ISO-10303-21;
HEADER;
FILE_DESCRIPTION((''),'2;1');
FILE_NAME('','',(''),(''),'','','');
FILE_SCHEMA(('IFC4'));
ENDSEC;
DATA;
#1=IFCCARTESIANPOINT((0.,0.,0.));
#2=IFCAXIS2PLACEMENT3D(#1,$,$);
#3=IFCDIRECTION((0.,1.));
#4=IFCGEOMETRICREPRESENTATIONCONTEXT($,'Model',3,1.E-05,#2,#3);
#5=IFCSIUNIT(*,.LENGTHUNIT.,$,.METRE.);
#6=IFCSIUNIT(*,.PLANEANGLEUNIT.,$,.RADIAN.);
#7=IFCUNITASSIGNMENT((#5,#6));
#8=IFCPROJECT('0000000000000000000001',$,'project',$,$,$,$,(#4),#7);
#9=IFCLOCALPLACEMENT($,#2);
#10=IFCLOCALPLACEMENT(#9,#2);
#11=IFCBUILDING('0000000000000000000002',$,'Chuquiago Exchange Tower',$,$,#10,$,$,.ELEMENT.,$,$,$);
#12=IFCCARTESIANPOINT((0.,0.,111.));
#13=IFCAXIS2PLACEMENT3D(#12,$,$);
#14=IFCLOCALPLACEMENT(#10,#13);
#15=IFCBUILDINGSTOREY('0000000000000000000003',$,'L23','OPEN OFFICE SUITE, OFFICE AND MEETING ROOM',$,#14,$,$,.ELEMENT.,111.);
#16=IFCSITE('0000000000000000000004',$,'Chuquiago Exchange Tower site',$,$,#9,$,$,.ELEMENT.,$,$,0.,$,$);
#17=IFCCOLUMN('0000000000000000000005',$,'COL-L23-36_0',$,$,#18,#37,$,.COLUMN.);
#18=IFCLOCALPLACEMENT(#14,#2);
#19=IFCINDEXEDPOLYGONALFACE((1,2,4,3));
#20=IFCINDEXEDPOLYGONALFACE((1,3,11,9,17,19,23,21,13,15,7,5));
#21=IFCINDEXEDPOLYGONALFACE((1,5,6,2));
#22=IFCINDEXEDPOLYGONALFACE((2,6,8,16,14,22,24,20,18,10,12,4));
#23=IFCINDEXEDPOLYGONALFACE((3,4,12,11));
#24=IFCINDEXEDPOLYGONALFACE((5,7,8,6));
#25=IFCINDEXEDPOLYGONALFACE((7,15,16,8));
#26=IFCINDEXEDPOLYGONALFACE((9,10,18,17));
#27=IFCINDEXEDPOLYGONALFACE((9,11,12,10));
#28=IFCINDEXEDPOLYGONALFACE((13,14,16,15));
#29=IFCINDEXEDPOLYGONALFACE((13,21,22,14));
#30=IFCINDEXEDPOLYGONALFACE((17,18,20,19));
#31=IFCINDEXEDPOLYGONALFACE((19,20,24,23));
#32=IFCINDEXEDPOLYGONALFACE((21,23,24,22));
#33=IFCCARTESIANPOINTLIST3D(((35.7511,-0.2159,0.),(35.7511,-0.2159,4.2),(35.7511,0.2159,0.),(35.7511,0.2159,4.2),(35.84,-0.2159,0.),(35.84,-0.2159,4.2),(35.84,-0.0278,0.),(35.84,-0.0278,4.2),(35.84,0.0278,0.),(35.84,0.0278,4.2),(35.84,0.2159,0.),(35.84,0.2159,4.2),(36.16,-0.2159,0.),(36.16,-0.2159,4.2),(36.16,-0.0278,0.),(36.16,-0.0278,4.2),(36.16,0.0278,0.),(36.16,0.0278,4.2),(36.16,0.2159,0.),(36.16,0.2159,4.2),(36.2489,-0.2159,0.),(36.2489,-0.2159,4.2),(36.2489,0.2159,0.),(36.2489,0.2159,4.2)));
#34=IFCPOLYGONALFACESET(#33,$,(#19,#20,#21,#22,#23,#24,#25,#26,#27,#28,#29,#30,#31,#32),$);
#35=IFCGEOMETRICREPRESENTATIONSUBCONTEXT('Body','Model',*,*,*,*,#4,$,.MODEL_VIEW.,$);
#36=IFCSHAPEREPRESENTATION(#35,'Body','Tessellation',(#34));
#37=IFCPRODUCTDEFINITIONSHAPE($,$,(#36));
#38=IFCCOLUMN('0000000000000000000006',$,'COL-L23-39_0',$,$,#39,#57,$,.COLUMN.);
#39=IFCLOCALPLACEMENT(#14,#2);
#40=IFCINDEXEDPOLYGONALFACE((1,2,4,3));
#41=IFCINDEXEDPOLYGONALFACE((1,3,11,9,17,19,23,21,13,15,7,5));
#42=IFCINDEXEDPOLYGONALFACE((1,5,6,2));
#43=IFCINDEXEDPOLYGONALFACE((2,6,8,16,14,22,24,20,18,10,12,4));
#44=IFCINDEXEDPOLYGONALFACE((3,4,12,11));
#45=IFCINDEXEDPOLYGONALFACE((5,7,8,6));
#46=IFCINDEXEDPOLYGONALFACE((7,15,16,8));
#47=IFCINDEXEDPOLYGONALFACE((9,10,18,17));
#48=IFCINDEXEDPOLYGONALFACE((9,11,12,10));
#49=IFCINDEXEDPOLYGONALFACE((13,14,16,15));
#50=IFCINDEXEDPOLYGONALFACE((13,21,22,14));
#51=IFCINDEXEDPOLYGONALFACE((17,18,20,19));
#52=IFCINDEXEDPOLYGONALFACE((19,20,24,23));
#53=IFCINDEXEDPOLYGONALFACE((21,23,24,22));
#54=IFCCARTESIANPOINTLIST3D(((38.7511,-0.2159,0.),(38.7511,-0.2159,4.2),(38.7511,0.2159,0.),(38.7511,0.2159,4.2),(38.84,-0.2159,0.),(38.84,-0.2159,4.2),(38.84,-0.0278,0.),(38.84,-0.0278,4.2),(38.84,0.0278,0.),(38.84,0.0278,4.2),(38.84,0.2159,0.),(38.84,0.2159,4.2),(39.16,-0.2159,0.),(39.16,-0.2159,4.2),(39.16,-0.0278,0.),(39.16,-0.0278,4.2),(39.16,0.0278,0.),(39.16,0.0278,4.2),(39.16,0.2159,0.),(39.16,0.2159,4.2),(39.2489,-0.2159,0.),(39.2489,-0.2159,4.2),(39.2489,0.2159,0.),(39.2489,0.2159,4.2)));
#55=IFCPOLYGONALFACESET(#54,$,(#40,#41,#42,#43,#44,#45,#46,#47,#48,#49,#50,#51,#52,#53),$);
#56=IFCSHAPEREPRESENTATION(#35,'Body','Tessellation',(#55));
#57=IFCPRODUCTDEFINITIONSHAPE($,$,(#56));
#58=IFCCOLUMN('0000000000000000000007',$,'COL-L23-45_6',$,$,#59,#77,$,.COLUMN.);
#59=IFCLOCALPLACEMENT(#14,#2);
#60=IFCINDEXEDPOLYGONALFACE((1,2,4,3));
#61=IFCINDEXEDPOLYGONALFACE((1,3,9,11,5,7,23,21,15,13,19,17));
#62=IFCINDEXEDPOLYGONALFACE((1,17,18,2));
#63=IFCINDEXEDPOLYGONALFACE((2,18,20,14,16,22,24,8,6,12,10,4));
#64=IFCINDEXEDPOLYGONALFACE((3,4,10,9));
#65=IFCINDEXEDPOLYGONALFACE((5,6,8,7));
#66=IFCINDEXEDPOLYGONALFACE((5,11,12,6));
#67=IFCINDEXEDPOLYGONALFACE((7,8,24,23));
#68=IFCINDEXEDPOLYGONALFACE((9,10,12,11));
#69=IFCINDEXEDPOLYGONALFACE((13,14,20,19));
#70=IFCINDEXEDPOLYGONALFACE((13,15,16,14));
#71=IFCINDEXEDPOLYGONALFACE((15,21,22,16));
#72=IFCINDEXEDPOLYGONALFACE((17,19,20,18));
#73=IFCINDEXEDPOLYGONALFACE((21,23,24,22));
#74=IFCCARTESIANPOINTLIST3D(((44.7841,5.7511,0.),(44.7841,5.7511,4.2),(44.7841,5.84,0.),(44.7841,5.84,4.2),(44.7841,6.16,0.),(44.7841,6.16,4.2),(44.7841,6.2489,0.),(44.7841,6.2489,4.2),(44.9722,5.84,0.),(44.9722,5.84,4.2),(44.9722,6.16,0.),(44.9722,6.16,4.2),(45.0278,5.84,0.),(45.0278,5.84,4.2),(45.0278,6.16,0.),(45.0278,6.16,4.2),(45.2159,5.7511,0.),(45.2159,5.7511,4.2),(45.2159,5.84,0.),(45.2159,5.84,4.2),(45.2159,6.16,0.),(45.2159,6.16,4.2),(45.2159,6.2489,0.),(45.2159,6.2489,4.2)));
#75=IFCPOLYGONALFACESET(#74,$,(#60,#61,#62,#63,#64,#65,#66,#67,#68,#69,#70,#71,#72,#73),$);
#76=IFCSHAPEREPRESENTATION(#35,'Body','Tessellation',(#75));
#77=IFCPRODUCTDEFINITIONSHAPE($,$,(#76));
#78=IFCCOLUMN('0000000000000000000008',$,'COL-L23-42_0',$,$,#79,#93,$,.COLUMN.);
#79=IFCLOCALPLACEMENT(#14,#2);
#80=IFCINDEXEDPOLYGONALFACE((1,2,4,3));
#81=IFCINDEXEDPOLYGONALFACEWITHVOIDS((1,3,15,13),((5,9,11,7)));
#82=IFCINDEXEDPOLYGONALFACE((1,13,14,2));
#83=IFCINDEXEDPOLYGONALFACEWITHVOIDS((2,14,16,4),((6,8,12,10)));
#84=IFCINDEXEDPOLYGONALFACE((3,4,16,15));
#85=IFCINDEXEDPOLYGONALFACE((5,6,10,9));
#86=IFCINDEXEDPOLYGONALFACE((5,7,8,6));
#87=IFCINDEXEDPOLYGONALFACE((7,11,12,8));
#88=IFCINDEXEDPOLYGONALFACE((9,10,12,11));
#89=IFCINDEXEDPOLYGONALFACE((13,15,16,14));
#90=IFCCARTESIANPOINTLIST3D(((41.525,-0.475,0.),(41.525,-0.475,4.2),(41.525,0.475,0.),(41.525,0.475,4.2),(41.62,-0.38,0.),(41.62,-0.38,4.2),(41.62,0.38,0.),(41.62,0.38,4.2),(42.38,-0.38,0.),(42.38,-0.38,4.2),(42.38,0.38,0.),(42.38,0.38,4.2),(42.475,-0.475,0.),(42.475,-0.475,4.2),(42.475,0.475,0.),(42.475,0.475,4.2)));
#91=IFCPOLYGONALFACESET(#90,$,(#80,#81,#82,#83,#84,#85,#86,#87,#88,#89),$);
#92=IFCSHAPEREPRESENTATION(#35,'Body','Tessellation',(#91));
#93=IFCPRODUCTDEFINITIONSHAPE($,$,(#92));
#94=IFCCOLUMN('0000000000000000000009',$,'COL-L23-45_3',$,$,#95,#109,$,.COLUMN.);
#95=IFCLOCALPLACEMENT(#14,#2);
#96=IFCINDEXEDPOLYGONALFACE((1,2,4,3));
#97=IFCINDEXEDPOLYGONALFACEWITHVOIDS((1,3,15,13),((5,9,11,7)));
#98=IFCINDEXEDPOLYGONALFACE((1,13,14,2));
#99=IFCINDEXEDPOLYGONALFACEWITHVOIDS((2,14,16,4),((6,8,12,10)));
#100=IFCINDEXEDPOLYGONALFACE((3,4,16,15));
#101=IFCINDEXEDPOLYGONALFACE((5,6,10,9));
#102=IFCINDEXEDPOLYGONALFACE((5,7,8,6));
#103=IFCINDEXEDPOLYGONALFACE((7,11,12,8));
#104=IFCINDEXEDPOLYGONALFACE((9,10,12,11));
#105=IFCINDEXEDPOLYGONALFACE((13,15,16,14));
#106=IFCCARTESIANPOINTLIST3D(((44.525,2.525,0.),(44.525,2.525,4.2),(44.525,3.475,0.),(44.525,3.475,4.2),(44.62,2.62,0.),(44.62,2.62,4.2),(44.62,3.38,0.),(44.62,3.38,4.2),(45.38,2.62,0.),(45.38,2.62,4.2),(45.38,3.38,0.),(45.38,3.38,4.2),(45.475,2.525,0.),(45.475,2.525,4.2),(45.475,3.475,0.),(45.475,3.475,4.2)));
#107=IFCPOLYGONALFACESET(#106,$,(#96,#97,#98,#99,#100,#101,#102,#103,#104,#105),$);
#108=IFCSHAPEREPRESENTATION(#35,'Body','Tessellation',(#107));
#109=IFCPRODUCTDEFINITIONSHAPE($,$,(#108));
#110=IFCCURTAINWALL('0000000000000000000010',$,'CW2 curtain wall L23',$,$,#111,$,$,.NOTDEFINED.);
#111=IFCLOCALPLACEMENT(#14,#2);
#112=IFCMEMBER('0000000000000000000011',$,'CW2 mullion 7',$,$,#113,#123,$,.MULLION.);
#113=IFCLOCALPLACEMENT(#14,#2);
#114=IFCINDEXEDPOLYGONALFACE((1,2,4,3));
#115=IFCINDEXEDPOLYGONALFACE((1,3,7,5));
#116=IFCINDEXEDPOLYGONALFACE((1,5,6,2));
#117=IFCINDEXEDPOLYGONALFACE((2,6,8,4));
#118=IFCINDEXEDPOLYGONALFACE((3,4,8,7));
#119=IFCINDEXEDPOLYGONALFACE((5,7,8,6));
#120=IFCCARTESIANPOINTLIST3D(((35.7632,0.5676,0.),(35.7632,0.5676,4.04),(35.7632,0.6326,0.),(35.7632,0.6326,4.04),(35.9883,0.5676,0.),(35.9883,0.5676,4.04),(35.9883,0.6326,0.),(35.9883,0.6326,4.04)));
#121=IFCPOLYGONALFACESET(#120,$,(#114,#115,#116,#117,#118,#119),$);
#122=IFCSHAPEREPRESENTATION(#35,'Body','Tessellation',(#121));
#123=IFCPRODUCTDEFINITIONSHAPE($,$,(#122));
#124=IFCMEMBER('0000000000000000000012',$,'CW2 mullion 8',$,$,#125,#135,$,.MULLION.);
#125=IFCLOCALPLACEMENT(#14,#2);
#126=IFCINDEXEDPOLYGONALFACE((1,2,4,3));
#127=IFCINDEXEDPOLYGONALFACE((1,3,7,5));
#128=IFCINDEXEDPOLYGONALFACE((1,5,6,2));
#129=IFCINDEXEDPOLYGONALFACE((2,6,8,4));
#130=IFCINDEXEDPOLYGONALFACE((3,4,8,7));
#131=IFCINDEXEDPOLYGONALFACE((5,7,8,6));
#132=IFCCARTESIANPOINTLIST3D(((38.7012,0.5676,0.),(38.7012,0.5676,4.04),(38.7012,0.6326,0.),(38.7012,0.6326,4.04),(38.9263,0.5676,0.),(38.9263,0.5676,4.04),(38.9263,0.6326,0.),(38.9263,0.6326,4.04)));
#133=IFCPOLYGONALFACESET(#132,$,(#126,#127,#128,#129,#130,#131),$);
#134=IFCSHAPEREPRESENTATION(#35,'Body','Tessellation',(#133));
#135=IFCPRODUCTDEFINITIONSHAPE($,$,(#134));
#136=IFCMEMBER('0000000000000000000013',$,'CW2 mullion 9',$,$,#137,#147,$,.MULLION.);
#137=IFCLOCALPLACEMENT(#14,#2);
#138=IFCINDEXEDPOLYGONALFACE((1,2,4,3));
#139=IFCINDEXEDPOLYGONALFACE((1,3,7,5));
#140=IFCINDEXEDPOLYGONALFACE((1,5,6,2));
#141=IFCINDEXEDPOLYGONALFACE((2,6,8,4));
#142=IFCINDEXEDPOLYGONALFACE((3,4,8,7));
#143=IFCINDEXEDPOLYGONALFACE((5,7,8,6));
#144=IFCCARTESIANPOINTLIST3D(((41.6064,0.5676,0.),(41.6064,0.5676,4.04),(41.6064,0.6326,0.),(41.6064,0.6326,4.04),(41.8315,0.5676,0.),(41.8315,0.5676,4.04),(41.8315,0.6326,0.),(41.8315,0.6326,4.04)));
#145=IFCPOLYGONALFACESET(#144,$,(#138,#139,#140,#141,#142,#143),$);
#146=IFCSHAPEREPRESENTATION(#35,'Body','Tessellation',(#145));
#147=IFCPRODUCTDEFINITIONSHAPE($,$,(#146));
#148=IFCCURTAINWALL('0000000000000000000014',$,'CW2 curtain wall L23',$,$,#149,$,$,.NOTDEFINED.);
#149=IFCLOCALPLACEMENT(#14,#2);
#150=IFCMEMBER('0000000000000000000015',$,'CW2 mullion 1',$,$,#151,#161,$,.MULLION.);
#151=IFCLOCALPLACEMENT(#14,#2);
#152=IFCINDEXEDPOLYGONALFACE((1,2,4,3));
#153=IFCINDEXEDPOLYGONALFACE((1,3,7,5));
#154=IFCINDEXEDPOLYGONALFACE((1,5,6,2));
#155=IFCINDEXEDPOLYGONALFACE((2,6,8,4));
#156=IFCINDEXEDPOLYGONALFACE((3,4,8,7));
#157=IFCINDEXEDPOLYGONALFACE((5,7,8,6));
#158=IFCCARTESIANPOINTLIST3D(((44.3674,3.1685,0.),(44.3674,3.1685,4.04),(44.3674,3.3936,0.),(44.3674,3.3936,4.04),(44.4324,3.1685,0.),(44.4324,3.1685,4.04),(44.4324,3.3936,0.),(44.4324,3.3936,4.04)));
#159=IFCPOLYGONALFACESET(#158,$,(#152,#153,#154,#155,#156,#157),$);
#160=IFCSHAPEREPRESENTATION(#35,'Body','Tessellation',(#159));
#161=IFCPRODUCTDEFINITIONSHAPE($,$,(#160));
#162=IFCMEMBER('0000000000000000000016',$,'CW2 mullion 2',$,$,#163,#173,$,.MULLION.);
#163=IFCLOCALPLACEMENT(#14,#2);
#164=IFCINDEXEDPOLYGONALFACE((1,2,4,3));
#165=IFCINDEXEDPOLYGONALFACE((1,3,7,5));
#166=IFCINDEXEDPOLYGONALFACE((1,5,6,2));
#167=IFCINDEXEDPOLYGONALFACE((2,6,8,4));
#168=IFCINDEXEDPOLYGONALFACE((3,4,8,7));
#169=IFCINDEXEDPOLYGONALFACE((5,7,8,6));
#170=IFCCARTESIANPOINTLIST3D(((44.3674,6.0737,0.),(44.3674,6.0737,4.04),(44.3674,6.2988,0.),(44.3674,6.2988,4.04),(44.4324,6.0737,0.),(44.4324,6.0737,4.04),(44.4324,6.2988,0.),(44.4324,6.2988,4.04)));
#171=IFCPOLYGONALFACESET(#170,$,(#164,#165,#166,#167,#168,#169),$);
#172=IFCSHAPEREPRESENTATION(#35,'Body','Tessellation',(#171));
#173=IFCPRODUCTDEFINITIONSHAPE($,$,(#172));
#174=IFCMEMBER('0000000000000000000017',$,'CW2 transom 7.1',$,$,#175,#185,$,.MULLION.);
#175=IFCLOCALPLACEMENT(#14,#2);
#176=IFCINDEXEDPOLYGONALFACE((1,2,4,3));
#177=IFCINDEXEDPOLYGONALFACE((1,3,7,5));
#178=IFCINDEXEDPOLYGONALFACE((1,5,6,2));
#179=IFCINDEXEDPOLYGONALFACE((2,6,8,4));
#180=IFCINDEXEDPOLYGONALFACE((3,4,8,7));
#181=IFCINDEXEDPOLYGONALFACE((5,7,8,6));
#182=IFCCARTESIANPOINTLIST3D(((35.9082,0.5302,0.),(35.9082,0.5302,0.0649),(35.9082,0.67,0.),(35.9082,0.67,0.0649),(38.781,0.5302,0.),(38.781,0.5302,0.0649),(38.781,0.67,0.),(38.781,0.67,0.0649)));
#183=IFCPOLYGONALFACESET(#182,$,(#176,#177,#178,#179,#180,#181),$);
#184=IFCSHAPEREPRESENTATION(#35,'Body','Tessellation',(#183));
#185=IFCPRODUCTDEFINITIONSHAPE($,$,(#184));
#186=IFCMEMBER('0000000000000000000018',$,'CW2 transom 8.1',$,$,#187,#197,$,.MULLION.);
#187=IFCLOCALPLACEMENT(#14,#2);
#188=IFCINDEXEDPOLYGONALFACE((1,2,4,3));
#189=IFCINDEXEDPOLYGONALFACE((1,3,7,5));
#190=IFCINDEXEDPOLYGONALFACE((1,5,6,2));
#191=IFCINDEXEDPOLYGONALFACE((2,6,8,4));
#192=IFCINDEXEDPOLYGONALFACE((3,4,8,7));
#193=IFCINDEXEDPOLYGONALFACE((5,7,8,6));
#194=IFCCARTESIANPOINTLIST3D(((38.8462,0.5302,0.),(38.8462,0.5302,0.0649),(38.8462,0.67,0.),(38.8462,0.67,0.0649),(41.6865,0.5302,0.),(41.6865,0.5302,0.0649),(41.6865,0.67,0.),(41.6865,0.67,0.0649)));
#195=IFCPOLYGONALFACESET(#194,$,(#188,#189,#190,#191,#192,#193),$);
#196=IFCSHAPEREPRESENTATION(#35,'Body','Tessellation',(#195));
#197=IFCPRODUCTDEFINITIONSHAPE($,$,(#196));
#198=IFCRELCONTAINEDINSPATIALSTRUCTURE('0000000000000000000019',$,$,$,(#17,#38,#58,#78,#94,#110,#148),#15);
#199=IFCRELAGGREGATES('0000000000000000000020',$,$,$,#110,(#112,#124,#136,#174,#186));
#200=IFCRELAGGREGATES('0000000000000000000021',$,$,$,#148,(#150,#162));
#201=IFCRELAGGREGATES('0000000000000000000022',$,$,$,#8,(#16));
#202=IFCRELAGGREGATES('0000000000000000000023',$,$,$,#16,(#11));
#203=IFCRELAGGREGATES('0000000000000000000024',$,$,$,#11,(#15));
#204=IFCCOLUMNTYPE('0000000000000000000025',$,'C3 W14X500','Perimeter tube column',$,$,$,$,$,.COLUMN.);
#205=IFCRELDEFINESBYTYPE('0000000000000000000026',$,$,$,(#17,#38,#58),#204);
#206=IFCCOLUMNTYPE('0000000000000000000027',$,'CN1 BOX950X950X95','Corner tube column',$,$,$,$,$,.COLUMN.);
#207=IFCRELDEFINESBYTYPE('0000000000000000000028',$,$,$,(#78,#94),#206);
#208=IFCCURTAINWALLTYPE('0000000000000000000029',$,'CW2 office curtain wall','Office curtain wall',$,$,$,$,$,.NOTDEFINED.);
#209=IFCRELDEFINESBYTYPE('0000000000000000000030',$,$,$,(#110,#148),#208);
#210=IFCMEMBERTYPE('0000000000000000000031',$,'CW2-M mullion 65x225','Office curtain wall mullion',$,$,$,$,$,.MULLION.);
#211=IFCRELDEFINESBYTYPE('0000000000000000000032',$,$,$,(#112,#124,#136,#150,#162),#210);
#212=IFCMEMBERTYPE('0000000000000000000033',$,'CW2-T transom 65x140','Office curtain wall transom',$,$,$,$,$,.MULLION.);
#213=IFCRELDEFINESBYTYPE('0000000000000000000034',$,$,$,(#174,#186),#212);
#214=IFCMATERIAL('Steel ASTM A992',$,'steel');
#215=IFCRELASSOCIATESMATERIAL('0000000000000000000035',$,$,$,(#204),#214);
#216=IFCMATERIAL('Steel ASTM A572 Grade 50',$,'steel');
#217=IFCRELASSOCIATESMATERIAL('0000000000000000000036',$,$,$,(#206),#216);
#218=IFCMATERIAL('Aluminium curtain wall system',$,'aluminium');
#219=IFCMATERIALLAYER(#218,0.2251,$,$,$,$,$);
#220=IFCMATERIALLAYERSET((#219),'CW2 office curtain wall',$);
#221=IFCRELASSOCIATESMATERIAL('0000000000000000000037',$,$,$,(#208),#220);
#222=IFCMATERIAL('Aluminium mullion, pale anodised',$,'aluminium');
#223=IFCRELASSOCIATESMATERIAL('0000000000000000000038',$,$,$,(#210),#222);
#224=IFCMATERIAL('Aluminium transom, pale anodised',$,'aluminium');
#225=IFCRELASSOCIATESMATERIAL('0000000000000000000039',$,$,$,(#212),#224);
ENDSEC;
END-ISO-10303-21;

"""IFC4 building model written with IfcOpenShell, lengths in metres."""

from ifc_helpers import new_model, si_unit, direction, frame, origin, origin_2d, place, context, subcontext, project, spatial, rectangle, hollow_rectangle, i_section, extrude, material, layer, layer_set, material_profile, profile_set, type_object, element, aggregate, save


model = new_model("IFC4")

# Units and contexts
model_context = context("Model", 3, precision=1e-05, world=origin(), true_north=direction((0.0, 1.0)))
body_context = subcontext(model_context, "Body", "Model", "MODEL_VIEW")
ifc_project = project(units=[si_unit("LENGTHUNIT", "METRE"), si_unit("PLANEANGLEUNIT", "RADIAN")], contexts=[model_context])

# Site, building, storey
site_placement = place(None, origin())
site = spatial("IfcSite", under=ifc_project, at=site_placement, Name="Chuquiago Exchange Tower site", CompositionType="ELEMENT", RefElevation=0.0)
building_placement = place(site_placement, origin())
building = spatial("IfcBuilding", under=site, at=building_placement, Name="Chuquiago Exchange Tower", CompositionType="ELEMENT")
storey_placement = place(building_placement, frame((0.0, 0.0, 111.0)))
storey = spatial("IfcBuildingStorey", under=building, at=storey_placement, Name="L23", Description="OPEN OFFICE SUITE, OFFICE AND MEETING ROOM", CompositionType="ELEMENT", Elevation=111.0)

# Columns
ifc_material_1 = material(Name="Steel ASTM A992", Category="steel")
ifc_material_profile_1 = material_profile(ifc_material_1, i_section(OverallWidth=0.4319, OverallDepth=0.4978, WebThickness=0.0557, FlangeThickness=0.0889, at=origin_2d()), Name="W14X500")
ifc_profile_set_1 = profile_set([ifc_material_profile_1], Name="Steel ASTM A992")
column_type_1 = type_object("IfcColumnType", Name="C3 W14X500", Description="Perimeter tube column", PredefinedType="COLUMN", material=ifc_profile_set_1)
for number, where, z_axis, x_axis, name in (
    (1, (36.0, 0.0, 0.0), (0.0, 0.0, 1.0), (0.0, -1.0, 0.0), "COL-L23-36_0"),
    (2, (39.0, 0.0, 0.0), (0.0, 0.0, 1.0), (0.0, -1.0, 0.0), "COL-L23-39_0"),
    (3, (45.0, 6.0, 0.0), (0.0, 0.0, 1.0), (1.0, 0.0, 0.0), "COL-L23-45_6"),
):
    element("IfcColumn", number, at=place(storey_placement, frame(where, z_axis=z_axis, x_axis=x_axis)), inside=storey, type_object=column_type_1, Name=name, PredefinedType="COLUMN", context=body_context, shape_type="SweptSolid", body=[
        extrude(i_section(OverallWidth=0.4319, OverallDepth=0.4978, WebThickness=0.0557, FlangeThickness=0.0889, at=origin_2d()), origin(), (0.0, 0.0, 1.0), 4.2),
    ])
ifc_material_2 = material(Name="Steel ASTM A572 Grade 50", Category="steel")
ifc_material_profile_2 = material_profile(ifc_material_2, hollow_rectangle(XDim=0.95, YDim=0.95, WallThickness=0.095, at=origin_2d()), Name="BOX950X950X95")
ifc_profile_set_2 = profile_set([ifc_material_profile_2], Name="Steel ASTM A572 Grade 50")
column_type_2 = type_object("IfcColumnType", Name="CN1 BOX950X950X95", Description="Corner tube column", PredefinedType="COLUMN", material=ifc_profile_set_2)
for number, where, z_axis, x_axis, name in (
    (4, (42.0, 0.0, 0.0), (0.0, 0.0, 1.0), (0.0, -1.0, 0.0), "COL-L23-42_0"),
    (5, (45.0, 3.0, 0.0), (0.0, 0.0, 1.0), (1.0, 0.0, 0.0), "COL-L23-45_3"),
):
    element("IfcColumn", number, at=place(storey_placement, frame(where, z_axis=z_axis, x_axis=x_axis)), inside=storey, type_object=column_type_2, Name=name, PredefinedType="COLUMN", context=body_context, shape_type="SweptSolid", body=[
        extrude(hollow_rectangle(XDim=0.95, YDim=0.95, WallThickness=0.095, at=origin_2d()), origin(), (0.0, 0.0, 1.0), 4.2),
    ])

# Curtain walls, members
ifc_material_3 = material(Name="Aluminium curtain wall system", Category="aluminium")
ifc_layer_1 = layer(ifc_material_3, 0.2251)
ifc_layer_set_1 = layer_set([ifc_layer_1], Name="CW2 office curtain wall")
curtain_wall_type_1 = type_object("IfcCurtainWallType", Name="CW2 office curtain wall", Description="Office curtain wall", PredefinedType="NOTDEFINED", material=ifc_layer_set_1)
curtain_wall_1_placement = place(storey_placement, origin())
curtain_wall_1 = element("IfcCurtainWall", 6, at=curtain_wall_1_placement, inside=storey, type_object=curtain_wall_type_1, Name="CW2 curtain wall L23", PredefinedType="NOTDEFINED")
ifc_material_4 = material(Name="Aluminium mullion, pale anodised", Category="aluminium")
ifc_material_profile_3 = material_profile(ifc_material_4, rectangle(XDim=0.0649, YDim=0.2251, at=origin_2d()), Name="AL 65x225")
ifc_profile_set_3 = profile_set([ifc_material_profile_3], Name="Aluminium mullion, pale anodised")
member_type_1 = type_object("IfcMemberType", Name="CW2-M mullion 65x225", Description="Office curtain wall mullion", PredefinedType="MULLION", material=ifc_profile_set_3)
member_1_placement = place(storey_placement, frame((35.8757, 0.6001, 0.0), z_axis=(0.0, 0.0, 1.0), x_axis=(0.0, 1.0, 0.0)))
member_1 = element("IfcMember", 7, at=member_1_placement, type_object=member_type_1, Name="CW2 mullion 7", PredefinedType="MULLION", context=body_context, shape_type="SweptSolid", body=[
    extrude(rectangle(XDim=0.0649, YDim=0.2251, at=origin_2d()), origin(), (0.0, 0.0, 1.0), 4.04),
])
member_2_placement = place(storey_placement, frame((38.8137, 0.6001, 0.0), z_axis=(0.0, 0.0, 1.0), x_axis=(0.0, 1.0, 0.0)))
member_2 = element("IfcMember", 8, at=member_2_placement, type_object=member_type_1, Name="CW2 mullion 8", PredefinedType="MULLION", context=body_context, shape_type="SweptSolid", body=[
    extrude(rectangle(XDim=0.0649, YDim=0.2251, at=origin_2d()), origin(), (0.0, 0.0, 1.0), 4.04),
])
member_3_placement = place(storey_placement, frame((41.719, 0.6001, 0.0), z_axis=(0.0, 0.0, 1.0), x_axis=(0.0, 1.0, 0.0)))
member_3 = element("IfcMember", 9, at=member_3_placement, type_object=member_type_1, Name="CW2 mullion 9", PredefinedType="MULLION", context=body_context, shape_type="SweptSolid", body=[
    extrude(rectangle(XDim=0.0649, YDim=0.2251, at=origin_2d()), origin(), (0.0, 0.0, 1.0), 4.04),
])
curtain_wall_2_placement = place(storey_placement, origin())
curtain_wall_2 = element("IfcCurtainWall", 10, at=curtain_wall_2_placement, inside=storey, type_object=curtain_wall_type_1, Name="CW2 curtain wall L23", PredefinedType="NOTDEFINED")
member_4_placement = place(storey_placement, frame((44.3999, 3.281, 0.0), z_axis=(0.0, 0.0, 1.0), x_axis=(-1.0, 0.0, 0.0)))
member_4 = element("IfcMember", 11, at=member_4_placement, type_object=member_type_1, Name="CW2 mullion 1", PredefinedType="MULLION", context=body_context, shape_type="SweptSolid", body=[
    extrude(rectangle(XDim=0.0649, YDim=0.2251, at=origin_2d()), origin(), (0.0, 0.0, 1.0), 4.04),
])
member_5_placement = place(storey_placement, frame((44.3999, 6.1863, 0.0), z_axis=(0.0, 0.0, 1.0), x_axis=(-1.0, 0.0, 0.0)))
member_5 = element("IfcMember", 12, at=member_5_placement, type_object=member_type_1, Name="CW2 mullion 2", PredefinedType="MULLION", context=body_context, shape_type="SweptSolid", body=[
    extrude(rectangle(XDim=0.0649, YDim=0.2251, at=origin_2d()), origin(), (0.0, 0.0, 1.0), 4.04),
])

# Members
ifc_material_5 = material(Name="Aluminium transom, pale anodised", Category="aluminium")
ifc_material_profile_4 = material_profile(ifc_material_5, rectangle(XDim=0.1399, YDim=0.0649, at=origin_2d()), Name="AL 140x65")
ifc_profile_set_4 = profile_set([ifc_material_profile_4], Name="Aluminium transom, pale anodised")
member_type_2 = type_object("IfcMemberType", Name="CW2-T transom 65x140", Description="Office curtain wall transom", PredefinedType="MULLION", material=ifc_profile_set_4)
member_6_placement = place(storey_placement, frame((35.9082, 0.6001, 0.0325), z_axis=(1.0, 0.0, 0.0), x_axis=(0.0, 1.0, 0.0)))
member_6 = element("IfcMember", 13, at=member_6_placement, type_object=member_type_2, Name="CW2 transom 7.1", PredefinedType="MULLION", context=body_context, shape_type="SweptSolid", body=[
    extrude(rectangle(XDim=0.1399, YDim=0.0649, at=origin_2d()), origin(), (0.0, 0.0, 1.0), 2.8728),
])
member_7_placement = place(storey_placement, frame((38.8462, 0.6001, 0.0325), z_axis=(1.0, 0.0, 0.0), x_axis=(0.0, 1.0, 0.0)))
member_7 = element("IfcMember", 14, at=member_7_placement, type_object=member_type_2, Name="CW2 transom 8.1", PredefinedType="MULLION", context=body_context, shape_type="SweptSolid", body=[
    extrude(rectangle(XDim=0.1399, YDim=0.0649, at=origin_2d()), origin(), (0.0, 0.0, 1.0), 2.8403),
])

aggregate(curtain_wall_1, [member_1, member_2, member_3, member_6, member_7])
aggregate(curtain_wall_2, [member_4, member_5])

save(model, "model.ifc")
